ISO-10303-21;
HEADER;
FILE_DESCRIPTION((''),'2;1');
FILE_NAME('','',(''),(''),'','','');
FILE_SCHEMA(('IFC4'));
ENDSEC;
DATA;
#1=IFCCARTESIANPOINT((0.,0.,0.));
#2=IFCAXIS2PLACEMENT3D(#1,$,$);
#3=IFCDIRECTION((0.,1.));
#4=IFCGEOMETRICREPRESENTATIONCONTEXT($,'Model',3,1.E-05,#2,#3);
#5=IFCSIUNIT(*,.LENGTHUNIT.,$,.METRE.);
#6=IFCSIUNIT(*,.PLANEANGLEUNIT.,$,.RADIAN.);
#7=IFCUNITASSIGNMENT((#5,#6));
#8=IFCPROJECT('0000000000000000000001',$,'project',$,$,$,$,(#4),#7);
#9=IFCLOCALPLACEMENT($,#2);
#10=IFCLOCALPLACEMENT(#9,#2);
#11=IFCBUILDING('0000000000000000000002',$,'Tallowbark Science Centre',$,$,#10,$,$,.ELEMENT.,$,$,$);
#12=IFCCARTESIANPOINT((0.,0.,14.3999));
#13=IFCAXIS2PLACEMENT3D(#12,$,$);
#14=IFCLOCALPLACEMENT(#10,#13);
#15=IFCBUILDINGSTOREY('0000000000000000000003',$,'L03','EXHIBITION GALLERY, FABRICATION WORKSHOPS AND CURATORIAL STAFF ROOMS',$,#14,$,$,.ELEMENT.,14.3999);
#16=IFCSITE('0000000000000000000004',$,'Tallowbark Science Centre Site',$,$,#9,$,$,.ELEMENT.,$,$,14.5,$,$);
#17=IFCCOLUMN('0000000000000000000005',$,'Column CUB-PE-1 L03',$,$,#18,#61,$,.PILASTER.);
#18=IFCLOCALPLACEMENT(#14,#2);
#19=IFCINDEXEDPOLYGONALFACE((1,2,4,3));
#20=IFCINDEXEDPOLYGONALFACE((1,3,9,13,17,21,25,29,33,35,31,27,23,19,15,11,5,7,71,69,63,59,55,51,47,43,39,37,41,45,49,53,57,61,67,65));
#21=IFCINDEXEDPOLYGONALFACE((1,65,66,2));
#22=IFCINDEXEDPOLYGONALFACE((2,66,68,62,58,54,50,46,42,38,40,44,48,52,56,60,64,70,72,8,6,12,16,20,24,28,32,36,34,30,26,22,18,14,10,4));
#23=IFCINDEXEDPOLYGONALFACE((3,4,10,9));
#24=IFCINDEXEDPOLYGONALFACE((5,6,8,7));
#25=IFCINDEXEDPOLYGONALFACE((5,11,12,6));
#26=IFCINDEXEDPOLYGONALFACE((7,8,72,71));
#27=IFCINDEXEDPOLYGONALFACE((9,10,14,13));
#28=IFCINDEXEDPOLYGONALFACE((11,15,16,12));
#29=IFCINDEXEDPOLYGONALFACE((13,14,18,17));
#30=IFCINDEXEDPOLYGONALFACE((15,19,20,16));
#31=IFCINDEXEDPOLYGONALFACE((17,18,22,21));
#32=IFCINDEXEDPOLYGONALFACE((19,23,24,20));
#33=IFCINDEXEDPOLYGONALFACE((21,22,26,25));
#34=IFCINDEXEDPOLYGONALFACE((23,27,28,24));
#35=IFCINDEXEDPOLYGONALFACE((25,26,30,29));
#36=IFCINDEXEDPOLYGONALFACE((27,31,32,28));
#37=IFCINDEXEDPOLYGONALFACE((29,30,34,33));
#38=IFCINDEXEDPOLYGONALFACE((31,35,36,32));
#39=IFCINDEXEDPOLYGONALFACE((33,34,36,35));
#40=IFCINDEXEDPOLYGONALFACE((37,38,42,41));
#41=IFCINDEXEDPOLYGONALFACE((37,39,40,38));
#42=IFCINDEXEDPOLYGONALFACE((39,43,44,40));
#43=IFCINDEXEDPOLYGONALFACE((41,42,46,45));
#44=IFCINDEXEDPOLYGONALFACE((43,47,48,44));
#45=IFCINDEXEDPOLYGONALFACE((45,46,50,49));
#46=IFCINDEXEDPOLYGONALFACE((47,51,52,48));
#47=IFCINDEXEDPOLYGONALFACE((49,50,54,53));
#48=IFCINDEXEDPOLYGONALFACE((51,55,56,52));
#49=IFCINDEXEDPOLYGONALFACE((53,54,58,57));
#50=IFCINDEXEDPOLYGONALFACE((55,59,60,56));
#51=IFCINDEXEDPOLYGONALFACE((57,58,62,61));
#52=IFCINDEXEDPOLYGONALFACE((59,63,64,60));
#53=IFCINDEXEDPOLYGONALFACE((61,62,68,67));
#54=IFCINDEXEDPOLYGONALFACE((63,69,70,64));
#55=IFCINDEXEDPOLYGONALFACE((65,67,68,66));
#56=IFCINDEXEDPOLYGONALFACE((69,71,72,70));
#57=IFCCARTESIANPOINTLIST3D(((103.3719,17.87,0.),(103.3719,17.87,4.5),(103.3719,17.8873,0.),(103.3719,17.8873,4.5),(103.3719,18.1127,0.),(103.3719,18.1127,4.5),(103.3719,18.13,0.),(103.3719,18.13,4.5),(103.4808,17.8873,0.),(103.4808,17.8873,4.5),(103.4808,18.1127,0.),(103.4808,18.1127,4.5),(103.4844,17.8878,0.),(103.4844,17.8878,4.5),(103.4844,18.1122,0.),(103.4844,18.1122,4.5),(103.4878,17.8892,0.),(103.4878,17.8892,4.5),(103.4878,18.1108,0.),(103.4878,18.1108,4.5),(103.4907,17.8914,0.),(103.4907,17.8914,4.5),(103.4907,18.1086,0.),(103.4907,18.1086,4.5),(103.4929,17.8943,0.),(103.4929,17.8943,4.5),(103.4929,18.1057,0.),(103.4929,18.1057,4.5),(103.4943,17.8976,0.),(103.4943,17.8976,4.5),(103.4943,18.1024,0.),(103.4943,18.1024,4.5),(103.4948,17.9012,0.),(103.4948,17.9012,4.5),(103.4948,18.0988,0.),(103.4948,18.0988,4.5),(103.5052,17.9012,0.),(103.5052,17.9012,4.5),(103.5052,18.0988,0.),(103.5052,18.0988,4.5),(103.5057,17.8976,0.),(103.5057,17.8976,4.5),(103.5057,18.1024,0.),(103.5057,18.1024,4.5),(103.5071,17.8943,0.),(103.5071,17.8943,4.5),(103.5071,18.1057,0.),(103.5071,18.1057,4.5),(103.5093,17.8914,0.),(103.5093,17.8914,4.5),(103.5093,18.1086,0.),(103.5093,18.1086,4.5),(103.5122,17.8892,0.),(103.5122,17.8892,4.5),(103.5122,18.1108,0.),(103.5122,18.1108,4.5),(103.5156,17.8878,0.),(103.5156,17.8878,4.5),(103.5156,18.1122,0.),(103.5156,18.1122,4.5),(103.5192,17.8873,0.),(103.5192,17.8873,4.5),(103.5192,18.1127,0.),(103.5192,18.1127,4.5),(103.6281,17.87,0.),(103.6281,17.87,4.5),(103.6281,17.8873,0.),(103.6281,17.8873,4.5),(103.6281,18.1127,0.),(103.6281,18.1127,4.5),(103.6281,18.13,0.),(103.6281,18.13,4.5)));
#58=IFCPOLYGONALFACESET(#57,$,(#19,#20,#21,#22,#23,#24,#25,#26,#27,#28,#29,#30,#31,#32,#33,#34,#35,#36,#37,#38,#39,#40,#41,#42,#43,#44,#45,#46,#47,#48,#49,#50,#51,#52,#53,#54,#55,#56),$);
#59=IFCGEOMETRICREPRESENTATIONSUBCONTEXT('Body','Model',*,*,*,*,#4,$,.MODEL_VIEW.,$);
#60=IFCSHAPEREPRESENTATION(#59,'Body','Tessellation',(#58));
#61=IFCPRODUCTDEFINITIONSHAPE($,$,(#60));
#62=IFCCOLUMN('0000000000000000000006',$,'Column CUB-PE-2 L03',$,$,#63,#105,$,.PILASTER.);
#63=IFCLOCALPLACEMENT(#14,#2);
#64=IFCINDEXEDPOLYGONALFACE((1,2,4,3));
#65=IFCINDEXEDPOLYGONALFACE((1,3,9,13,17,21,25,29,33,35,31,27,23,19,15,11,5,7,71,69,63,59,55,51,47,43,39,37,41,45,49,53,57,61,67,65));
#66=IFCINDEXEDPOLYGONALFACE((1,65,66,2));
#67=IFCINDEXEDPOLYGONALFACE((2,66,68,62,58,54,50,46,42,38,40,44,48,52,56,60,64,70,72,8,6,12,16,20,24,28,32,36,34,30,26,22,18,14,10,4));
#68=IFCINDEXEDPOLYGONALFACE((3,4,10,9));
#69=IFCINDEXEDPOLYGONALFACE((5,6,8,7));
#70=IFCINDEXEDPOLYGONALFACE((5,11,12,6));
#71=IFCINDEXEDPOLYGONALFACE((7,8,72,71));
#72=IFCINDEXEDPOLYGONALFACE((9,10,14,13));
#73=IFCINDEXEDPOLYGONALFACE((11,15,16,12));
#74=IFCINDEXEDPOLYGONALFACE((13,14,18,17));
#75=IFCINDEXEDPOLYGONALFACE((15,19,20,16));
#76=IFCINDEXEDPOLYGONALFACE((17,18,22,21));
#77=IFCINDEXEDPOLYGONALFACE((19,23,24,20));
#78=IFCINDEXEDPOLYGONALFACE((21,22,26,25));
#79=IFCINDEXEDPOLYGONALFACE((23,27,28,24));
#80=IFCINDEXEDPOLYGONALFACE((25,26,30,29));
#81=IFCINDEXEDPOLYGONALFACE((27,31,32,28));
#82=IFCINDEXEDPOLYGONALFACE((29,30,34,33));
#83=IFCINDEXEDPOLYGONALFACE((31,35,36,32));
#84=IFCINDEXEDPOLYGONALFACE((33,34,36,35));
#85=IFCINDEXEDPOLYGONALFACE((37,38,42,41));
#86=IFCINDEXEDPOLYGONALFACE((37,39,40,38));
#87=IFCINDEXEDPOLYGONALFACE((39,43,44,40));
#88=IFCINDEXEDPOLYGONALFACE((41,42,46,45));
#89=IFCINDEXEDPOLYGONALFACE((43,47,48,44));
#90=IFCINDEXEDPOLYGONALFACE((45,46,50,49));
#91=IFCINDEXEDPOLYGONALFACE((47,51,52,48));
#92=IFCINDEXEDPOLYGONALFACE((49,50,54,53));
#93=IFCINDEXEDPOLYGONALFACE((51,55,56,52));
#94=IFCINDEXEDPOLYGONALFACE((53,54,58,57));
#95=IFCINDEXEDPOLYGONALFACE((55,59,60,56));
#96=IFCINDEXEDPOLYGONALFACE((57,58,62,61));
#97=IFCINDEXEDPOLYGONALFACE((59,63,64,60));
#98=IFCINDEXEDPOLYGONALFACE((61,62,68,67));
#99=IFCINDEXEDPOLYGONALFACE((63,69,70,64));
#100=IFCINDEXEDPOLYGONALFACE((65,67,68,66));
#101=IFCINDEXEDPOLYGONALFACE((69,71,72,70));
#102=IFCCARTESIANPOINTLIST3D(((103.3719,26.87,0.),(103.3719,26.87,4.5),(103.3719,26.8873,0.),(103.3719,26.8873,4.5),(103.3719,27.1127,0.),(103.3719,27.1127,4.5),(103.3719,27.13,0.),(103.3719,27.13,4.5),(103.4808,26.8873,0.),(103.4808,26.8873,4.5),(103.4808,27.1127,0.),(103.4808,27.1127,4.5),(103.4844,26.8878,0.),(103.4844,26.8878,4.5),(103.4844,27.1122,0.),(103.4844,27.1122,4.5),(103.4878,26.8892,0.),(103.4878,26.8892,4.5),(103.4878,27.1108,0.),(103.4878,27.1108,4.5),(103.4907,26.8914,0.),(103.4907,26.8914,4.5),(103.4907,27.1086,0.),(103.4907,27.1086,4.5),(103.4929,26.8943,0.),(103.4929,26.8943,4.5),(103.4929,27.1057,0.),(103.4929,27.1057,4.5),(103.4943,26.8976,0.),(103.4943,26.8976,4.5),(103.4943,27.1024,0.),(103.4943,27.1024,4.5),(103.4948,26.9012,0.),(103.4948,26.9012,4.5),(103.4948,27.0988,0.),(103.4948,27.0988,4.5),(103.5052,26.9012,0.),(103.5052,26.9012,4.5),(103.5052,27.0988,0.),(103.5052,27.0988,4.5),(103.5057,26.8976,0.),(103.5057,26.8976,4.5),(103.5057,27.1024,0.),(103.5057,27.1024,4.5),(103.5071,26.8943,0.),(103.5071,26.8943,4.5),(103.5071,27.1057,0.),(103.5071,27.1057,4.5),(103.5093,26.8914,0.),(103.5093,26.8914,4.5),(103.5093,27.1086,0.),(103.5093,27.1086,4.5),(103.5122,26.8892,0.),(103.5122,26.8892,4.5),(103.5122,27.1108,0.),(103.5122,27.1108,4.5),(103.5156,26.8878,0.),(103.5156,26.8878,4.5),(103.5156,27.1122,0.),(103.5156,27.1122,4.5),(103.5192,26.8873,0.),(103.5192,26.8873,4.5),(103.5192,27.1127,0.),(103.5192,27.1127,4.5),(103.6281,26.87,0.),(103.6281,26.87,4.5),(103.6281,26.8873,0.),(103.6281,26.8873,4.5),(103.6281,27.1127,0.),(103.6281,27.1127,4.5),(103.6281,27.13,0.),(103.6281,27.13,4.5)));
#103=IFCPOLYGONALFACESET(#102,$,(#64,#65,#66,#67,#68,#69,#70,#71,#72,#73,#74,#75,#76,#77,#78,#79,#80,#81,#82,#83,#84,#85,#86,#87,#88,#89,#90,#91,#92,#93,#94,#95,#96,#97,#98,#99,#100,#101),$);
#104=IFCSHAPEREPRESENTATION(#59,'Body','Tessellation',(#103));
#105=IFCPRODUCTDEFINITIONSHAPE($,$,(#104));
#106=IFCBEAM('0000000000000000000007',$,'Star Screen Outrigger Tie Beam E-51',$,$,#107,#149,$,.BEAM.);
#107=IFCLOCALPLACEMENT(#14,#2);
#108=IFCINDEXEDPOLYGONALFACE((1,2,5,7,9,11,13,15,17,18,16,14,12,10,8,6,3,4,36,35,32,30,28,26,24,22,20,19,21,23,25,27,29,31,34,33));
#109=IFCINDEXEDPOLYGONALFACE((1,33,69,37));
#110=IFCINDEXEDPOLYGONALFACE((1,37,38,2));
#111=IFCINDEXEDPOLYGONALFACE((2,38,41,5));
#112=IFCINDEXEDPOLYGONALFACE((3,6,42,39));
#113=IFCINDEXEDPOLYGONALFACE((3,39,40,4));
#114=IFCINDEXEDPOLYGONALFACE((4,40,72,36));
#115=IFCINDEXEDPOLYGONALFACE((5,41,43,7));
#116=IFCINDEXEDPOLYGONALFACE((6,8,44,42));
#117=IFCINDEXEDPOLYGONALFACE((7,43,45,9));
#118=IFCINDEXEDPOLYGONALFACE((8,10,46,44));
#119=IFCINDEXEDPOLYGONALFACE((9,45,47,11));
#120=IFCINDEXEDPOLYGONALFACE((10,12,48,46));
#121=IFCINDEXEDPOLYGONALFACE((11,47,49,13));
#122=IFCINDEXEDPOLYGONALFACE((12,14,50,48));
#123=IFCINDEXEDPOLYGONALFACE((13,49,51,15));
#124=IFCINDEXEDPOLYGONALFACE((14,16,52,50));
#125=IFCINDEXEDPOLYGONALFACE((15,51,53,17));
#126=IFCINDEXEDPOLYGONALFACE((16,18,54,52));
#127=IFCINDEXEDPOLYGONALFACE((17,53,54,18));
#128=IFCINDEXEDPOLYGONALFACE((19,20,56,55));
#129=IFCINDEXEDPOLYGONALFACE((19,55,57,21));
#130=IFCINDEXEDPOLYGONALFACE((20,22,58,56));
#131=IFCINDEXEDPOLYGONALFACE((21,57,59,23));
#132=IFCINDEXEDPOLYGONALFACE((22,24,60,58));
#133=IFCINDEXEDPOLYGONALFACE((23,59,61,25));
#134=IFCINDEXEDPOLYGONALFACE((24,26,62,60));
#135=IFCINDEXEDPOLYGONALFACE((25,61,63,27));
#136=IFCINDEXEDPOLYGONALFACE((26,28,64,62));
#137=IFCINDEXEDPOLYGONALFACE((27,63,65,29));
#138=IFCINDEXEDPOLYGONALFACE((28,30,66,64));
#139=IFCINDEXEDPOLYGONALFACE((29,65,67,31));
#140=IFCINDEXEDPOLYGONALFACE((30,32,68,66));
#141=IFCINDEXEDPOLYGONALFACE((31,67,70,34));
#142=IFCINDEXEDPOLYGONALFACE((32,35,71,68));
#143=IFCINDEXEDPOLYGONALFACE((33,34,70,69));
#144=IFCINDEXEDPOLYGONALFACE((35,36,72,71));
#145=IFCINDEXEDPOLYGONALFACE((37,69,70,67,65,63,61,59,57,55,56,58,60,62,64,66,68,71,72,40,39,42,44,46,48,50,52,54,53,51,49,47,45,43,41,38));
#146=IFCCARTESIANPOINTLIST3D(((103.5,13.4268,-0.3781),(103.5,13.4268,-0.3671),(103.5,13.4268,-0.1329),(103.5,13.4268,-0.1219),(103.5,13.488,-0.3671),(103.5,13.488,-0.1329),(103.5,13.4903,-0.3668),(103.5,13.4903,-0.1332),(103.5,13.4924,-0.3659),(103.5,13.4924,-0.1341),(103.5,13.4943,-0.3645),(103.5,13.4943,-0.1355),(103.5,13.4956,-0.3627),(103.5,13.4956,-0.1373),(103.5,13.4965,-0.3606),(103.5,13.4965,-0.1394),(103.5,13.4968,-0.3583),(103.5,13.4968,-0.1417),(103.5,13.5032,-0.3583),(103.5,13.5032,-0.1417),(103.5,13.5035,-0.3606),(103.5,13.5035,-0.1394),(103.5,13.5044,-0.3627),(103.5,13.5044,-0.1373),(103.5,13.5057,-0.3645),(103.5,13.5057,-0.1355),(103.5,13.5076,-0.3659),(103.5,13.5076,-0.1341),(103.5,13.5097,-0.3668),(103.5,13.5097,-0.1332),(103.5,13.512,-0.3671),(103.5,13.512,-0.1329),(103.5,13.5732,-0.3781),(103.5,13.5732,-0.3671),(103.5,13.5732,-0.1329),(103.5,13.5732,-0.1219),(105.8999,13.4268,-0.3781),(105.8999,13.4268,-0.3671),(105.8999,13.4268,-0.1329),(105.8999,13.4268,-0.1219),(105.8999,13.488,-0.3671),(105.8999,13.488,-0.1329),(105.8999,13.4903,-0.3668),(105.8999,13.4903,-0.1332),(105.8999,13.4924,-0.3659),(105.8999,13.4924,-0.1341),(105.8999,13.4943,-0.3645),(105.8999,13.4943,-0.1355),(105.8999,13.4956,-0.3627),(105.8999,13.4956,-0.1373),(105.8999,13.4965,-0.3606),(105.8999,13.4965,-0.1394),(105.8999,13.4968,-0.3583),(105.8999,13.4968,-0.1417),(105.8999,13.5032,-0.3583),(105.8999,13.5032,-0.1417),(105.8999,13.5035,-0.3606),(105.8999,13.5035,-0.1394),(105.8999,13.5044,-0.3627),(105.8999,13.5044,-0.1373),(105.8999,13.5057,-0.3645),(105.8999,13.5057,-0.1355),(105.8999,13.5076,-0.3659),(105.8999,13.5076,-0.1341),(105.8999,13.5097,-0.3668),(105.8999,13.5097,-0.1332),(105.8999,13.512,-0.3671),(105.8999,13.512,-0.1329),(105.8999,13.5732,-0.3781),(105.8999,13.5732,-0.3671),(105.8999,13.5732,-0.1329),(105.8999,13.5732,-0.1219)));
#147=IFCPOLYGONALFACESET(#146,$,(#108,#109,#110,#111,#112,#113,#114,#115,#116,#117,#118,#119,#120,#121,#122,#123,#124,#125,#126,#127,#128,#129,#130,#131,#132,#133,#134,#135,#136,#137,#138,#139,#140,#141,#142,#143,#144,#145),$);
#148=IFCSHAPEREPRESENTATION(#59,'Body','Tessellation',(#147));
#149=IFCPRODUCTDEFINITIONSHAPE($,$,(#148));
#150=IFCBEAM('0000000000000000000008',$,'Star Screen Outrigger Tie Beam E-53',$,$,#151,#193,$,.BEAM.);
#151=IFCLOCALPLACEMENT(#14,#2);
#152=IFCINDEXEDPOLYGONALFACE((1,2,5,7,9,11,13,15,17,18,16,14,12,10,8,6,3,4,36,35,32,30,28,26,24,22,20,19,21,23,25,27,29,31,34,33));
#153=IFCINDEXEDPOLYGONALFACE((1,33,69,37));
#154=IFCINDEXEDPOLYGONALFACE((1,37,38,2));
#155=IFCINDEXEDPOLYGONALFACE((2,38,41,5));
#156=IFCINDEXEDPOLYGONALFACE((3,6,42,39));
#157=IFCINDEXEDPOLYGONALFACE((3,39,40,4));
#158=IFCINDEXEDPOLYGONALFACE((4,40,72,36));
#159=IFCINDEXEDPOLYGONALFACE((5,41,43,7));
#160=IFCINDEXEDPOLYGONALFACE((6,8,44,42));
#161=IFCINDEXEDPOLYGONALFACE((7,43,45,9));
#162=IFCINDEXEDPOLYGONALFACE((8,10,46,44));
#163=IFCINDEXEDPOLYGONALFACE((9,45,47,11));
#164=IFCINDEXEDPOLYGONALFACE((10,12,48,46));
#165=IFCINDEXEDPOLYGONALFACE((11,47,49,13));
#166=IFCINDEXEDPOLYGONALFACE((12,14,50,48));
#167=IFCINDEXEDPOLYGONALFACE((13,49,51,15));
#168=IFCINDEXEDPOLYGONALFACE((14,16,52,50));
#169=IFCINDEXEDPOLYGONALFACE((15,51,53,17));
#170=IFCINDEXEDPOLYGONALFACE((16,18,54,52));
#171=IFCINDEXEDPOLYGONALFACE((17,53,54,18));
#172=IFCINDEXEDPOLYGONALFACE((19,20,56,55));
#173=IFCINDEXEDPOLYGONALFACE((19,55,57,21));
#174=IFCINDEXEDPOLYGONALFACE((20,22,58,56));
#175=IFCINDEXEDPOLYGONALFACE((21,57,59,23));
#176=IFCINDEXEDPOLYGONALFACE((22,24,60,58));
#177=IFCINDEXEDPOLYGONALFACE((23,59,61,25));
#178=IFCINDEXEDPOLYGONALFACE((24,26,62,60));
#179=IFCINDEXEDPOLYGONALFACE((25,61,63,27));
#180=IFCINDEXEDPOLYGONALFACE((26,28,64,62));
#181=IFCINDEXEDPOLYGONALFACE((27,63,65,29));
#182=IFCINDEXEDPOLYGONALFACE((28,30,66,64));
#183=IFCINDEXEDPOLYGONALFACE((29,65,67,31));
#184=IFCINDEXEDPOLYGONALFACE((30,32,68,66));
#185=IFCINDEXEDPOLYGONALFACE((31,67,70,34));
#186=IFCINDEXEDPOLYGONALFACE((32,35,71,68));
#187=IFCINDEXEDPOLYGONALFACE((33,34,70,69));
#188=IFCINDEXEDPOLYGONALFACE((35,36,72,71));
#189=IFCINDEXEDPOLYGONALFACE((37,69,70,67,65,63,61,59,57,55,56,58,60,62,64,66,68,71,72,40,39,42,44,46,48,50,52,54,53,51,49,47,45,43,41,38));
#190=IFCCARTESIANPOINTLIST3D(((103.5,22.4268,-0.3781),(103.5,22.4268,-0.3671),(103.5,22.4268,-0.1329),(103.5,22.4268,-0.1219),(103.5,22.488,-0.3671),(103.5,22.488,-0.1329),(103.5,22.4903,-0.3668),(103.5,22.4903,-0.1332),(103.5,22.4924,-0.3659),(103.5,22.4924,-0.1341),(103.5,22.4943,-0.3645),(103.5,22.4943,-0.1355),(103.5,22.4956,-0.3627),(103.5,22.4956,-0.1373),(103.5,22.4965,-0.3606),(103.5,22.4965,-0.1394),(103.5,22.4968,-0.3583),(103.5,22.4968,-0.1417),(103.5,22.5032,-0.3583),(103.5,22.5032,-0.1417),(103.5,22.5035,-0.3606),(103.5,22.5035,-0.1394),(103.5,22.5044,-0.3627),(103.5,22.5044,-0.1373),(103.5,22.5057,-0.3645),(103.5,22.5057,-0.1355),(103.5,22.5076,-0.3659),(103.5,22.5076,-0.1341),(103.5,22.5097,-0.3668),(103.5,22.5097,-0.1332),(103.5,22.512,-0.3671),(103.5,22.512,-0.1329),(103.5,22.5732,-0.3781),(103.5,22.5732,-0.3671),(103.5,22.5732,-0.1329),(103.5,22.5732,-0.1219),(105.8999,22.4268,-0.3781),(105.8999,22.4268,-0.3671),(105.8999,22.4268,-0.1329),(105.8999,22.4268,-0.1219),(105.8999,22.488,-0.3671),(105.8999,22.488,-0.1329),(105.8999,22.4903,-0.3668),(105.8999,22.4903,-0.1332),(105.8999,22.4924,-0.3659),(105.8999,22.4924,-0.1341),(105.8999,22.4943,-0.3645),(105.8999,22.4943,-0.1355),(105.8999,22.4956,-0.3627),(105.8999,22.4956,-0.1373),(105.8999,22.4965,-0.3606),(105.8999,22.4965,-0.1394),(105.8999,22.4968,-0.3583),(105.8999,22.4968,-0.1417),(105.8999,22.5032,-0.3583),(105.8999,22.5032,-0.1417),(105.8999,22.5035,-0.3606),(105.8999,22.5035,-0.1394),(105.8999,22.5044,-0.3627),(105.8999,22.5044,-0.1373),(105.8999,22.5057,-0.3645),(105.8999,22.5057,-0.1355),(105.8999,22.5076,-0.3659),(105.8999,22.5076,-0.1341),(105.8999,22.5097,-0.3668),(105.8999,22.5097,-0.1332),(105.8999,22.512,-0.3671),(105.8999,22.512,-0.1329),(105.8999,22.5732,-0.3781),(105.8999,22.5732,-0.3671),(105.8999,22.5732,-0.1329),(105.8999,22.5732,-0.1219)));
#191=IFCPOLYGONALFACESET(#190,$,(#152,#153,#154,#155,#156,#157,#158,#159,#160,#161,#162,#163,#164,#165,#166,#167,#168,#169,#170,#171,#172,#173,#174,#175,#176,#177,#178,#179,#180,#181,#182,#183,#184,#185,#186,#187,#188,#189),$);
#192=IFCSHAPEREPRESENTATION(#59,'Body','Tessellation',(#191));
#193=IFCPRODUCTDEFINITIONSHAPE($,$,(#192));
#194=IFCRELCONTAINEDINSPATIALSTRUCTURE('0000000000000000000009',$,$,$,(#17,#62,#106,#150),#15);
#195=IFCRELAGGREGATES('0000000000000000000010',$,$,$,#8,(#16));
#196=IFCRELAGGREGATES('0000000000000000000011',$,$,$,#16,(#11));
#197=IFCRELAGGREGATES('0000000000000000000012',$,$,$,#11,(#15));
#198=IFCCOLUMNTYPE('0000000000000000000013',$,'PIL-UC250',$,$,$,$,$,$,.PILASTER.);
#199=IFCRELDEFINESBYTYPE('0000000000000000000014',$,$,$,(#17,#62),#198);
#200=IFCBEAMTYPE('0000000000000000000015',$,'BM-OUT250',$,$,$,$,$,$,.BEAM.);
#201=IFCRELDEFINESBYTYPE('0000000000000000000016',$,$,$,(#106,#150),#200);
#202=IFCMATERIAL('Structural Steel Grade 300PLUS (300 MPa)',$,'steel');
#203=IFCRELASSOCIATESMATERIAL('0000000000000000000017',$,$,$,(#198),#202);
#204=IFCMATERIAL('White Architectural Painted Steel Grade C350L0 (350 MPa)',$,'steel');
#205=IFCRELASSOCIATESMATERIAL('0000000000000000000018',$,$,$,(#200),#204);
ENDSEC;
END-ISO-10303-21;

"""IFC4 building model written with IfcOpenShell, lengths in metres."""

from ifc_helpers import new_model, si_unit, direction, frame, origin, origin_2d, place, context, subcontext, project, spatial, i_section, extrude, material, material_profile, profile_set, type_object, element, save


model = new_model("IFC4")

# Units and contexts
model_context = context("Model", 3, precision=1e-05, world=origin(), true_north=direction((0.0, 1.0)))
body_context = subcontext(model_context, "Body", "Model", "MODEL_VIEW")
ifc_project = project(units=[si_unit("LENGTHUNIT", "METRE"), si_unit("PLANEANGLEUNIT", "RADIAN")], contexts=[model_context])

# Site, building, storey
site_placement = place(None, origin())
site = spatial("IfcSite", under=ifc_project, at=site_placement, Name="Tallowbark Science Centre Site", CompositionType="ELEMENT", RefElevation=14.5)
building_placement = place(site_placement, origin())
building = spatial("IfcBuilding", under=site, at=building_placement, Name="Tallowbark Science Centre", CompositionType="ELEMENT")
storey_placement = place(building_placement, frame((0.0, 0.0, 14.3999)))
storey = spatial("IfcBuildingStorey", under=building, at=storey_placement, Name="L03", Description="EXHIBITION GALLERY, FABRICATION WORKSHOPS AND CURATORIAL STAFF ROOMS", CompositionType="ELEMENT", Elevation=14.3999)

# Columns
ifc_material_1 = material(Name="Structural Steel Grade 300PLUS (300 MPa)", Category="steel")
ifc_material_profile_1 = material_profile(ifc_material_1, i_section(OverallWidth=0.2561, OverallDepth=0.26, WebThickness=0.0105, FlangeThickness=0.0173, FilletRadius=0.0139, at=origin_2d()), Name="250UC89.5")
ifc_profile_set_1 = profile_set([ifc_material_profile_1], Name="Structural Steel Grade 300PLUS (300 MPa)")
column_type_1 = type_object("IfcColumnType", Name="PIL-UC250", PredefinedType="PILASTER", material=ifc_profile_set_1)
for number, where, z_axis, x_axis, name in (
    (1, (103.5, 18.0, 0.0), (0.0, 0.0, 1.0), (1.0, 0.0, 0.0), "Column CUB-PE-1 L03"),
    (2, (103.5, 27.0, 0.0), (0.0, 0.0, 1.0), (1.0, 0.0, 0.0), "Column CUB-PE-2 L03"),
):
    element("IfcColumn", number, at=place(storey_placement, frame(where, z_axis=z_axis, x_axis=x_axis)), inside=storey, type_object=column_type_1, Name=name, PredefinedType="PILASTER", context=body_context, shape_type="SweptSolid", body=[
        extrude(i_section(OverallWidth=0.2561, OverallDepth=0.26, WebThickness=0.0105, FlangeThickness=0.0173, FilletRadius=0.0139, at=origin_2d()), origin(), (0.0, 0.0, 1.0), 4.5),
    ])

# Beams
ifc_material_2 = material(Name="White Architectural Painted Steel Grade C350L0 (350 MPa)", Category="steel")
ifc_material_profile_2 = material_profile(ifc_material_2, i_section(OverallWidth=0.1465, OverallDepth=0.2561, WebThickness=0.0063, FlangeThickness=0.011, FilletRadius=0.0088, at=origin_2d()), Name="250UB37.3")
ifc_profile_set_2 = profile_set([ifc_material_profile_2], Name="White Architectural Painted Steel Grade C350L0 (350 MPa)")
beam_type_1 = type_object("IfcBeamType", Name="BM-OUT250", PredefinedType="BEAM", material=ifc_profile_set_2)
for number, where, z_axis, x_axis, name in (
    (3, (103.5, 13.5, -0.25), (1.0, 0.0, 0.0), (0.0, 1.0, 0.0), "Star Screen Outrigger Tie Beam E-51"),
    (4, (103.5, 22.5, -0.25), (1.0, 0.0, 0.0), (0.0, 1.0, 0.0), "Star Screen Outrigger Tie Beam E-53"),
):
    element("IfcBeam", number, at=place(storey_placement, frame(where, z_axis=z_axis, x_axis=x_axis)), inside=storey, type_object=beam_type_1, Name=name, PredefinedType="BEAM", context=body_context, shape_type="SweptSolid", body=[
        extrude(i_section(OverallWidth=0.1465, OverallDepth=0.2561, WebThickness=0.0063, FlangeThickness=0.011, FilletRadius=0.0088, at=origin_2d()), origin(), (0.0, 0.0, 1.0), 2.3999),
    ])

save(model, "model.ifc")
